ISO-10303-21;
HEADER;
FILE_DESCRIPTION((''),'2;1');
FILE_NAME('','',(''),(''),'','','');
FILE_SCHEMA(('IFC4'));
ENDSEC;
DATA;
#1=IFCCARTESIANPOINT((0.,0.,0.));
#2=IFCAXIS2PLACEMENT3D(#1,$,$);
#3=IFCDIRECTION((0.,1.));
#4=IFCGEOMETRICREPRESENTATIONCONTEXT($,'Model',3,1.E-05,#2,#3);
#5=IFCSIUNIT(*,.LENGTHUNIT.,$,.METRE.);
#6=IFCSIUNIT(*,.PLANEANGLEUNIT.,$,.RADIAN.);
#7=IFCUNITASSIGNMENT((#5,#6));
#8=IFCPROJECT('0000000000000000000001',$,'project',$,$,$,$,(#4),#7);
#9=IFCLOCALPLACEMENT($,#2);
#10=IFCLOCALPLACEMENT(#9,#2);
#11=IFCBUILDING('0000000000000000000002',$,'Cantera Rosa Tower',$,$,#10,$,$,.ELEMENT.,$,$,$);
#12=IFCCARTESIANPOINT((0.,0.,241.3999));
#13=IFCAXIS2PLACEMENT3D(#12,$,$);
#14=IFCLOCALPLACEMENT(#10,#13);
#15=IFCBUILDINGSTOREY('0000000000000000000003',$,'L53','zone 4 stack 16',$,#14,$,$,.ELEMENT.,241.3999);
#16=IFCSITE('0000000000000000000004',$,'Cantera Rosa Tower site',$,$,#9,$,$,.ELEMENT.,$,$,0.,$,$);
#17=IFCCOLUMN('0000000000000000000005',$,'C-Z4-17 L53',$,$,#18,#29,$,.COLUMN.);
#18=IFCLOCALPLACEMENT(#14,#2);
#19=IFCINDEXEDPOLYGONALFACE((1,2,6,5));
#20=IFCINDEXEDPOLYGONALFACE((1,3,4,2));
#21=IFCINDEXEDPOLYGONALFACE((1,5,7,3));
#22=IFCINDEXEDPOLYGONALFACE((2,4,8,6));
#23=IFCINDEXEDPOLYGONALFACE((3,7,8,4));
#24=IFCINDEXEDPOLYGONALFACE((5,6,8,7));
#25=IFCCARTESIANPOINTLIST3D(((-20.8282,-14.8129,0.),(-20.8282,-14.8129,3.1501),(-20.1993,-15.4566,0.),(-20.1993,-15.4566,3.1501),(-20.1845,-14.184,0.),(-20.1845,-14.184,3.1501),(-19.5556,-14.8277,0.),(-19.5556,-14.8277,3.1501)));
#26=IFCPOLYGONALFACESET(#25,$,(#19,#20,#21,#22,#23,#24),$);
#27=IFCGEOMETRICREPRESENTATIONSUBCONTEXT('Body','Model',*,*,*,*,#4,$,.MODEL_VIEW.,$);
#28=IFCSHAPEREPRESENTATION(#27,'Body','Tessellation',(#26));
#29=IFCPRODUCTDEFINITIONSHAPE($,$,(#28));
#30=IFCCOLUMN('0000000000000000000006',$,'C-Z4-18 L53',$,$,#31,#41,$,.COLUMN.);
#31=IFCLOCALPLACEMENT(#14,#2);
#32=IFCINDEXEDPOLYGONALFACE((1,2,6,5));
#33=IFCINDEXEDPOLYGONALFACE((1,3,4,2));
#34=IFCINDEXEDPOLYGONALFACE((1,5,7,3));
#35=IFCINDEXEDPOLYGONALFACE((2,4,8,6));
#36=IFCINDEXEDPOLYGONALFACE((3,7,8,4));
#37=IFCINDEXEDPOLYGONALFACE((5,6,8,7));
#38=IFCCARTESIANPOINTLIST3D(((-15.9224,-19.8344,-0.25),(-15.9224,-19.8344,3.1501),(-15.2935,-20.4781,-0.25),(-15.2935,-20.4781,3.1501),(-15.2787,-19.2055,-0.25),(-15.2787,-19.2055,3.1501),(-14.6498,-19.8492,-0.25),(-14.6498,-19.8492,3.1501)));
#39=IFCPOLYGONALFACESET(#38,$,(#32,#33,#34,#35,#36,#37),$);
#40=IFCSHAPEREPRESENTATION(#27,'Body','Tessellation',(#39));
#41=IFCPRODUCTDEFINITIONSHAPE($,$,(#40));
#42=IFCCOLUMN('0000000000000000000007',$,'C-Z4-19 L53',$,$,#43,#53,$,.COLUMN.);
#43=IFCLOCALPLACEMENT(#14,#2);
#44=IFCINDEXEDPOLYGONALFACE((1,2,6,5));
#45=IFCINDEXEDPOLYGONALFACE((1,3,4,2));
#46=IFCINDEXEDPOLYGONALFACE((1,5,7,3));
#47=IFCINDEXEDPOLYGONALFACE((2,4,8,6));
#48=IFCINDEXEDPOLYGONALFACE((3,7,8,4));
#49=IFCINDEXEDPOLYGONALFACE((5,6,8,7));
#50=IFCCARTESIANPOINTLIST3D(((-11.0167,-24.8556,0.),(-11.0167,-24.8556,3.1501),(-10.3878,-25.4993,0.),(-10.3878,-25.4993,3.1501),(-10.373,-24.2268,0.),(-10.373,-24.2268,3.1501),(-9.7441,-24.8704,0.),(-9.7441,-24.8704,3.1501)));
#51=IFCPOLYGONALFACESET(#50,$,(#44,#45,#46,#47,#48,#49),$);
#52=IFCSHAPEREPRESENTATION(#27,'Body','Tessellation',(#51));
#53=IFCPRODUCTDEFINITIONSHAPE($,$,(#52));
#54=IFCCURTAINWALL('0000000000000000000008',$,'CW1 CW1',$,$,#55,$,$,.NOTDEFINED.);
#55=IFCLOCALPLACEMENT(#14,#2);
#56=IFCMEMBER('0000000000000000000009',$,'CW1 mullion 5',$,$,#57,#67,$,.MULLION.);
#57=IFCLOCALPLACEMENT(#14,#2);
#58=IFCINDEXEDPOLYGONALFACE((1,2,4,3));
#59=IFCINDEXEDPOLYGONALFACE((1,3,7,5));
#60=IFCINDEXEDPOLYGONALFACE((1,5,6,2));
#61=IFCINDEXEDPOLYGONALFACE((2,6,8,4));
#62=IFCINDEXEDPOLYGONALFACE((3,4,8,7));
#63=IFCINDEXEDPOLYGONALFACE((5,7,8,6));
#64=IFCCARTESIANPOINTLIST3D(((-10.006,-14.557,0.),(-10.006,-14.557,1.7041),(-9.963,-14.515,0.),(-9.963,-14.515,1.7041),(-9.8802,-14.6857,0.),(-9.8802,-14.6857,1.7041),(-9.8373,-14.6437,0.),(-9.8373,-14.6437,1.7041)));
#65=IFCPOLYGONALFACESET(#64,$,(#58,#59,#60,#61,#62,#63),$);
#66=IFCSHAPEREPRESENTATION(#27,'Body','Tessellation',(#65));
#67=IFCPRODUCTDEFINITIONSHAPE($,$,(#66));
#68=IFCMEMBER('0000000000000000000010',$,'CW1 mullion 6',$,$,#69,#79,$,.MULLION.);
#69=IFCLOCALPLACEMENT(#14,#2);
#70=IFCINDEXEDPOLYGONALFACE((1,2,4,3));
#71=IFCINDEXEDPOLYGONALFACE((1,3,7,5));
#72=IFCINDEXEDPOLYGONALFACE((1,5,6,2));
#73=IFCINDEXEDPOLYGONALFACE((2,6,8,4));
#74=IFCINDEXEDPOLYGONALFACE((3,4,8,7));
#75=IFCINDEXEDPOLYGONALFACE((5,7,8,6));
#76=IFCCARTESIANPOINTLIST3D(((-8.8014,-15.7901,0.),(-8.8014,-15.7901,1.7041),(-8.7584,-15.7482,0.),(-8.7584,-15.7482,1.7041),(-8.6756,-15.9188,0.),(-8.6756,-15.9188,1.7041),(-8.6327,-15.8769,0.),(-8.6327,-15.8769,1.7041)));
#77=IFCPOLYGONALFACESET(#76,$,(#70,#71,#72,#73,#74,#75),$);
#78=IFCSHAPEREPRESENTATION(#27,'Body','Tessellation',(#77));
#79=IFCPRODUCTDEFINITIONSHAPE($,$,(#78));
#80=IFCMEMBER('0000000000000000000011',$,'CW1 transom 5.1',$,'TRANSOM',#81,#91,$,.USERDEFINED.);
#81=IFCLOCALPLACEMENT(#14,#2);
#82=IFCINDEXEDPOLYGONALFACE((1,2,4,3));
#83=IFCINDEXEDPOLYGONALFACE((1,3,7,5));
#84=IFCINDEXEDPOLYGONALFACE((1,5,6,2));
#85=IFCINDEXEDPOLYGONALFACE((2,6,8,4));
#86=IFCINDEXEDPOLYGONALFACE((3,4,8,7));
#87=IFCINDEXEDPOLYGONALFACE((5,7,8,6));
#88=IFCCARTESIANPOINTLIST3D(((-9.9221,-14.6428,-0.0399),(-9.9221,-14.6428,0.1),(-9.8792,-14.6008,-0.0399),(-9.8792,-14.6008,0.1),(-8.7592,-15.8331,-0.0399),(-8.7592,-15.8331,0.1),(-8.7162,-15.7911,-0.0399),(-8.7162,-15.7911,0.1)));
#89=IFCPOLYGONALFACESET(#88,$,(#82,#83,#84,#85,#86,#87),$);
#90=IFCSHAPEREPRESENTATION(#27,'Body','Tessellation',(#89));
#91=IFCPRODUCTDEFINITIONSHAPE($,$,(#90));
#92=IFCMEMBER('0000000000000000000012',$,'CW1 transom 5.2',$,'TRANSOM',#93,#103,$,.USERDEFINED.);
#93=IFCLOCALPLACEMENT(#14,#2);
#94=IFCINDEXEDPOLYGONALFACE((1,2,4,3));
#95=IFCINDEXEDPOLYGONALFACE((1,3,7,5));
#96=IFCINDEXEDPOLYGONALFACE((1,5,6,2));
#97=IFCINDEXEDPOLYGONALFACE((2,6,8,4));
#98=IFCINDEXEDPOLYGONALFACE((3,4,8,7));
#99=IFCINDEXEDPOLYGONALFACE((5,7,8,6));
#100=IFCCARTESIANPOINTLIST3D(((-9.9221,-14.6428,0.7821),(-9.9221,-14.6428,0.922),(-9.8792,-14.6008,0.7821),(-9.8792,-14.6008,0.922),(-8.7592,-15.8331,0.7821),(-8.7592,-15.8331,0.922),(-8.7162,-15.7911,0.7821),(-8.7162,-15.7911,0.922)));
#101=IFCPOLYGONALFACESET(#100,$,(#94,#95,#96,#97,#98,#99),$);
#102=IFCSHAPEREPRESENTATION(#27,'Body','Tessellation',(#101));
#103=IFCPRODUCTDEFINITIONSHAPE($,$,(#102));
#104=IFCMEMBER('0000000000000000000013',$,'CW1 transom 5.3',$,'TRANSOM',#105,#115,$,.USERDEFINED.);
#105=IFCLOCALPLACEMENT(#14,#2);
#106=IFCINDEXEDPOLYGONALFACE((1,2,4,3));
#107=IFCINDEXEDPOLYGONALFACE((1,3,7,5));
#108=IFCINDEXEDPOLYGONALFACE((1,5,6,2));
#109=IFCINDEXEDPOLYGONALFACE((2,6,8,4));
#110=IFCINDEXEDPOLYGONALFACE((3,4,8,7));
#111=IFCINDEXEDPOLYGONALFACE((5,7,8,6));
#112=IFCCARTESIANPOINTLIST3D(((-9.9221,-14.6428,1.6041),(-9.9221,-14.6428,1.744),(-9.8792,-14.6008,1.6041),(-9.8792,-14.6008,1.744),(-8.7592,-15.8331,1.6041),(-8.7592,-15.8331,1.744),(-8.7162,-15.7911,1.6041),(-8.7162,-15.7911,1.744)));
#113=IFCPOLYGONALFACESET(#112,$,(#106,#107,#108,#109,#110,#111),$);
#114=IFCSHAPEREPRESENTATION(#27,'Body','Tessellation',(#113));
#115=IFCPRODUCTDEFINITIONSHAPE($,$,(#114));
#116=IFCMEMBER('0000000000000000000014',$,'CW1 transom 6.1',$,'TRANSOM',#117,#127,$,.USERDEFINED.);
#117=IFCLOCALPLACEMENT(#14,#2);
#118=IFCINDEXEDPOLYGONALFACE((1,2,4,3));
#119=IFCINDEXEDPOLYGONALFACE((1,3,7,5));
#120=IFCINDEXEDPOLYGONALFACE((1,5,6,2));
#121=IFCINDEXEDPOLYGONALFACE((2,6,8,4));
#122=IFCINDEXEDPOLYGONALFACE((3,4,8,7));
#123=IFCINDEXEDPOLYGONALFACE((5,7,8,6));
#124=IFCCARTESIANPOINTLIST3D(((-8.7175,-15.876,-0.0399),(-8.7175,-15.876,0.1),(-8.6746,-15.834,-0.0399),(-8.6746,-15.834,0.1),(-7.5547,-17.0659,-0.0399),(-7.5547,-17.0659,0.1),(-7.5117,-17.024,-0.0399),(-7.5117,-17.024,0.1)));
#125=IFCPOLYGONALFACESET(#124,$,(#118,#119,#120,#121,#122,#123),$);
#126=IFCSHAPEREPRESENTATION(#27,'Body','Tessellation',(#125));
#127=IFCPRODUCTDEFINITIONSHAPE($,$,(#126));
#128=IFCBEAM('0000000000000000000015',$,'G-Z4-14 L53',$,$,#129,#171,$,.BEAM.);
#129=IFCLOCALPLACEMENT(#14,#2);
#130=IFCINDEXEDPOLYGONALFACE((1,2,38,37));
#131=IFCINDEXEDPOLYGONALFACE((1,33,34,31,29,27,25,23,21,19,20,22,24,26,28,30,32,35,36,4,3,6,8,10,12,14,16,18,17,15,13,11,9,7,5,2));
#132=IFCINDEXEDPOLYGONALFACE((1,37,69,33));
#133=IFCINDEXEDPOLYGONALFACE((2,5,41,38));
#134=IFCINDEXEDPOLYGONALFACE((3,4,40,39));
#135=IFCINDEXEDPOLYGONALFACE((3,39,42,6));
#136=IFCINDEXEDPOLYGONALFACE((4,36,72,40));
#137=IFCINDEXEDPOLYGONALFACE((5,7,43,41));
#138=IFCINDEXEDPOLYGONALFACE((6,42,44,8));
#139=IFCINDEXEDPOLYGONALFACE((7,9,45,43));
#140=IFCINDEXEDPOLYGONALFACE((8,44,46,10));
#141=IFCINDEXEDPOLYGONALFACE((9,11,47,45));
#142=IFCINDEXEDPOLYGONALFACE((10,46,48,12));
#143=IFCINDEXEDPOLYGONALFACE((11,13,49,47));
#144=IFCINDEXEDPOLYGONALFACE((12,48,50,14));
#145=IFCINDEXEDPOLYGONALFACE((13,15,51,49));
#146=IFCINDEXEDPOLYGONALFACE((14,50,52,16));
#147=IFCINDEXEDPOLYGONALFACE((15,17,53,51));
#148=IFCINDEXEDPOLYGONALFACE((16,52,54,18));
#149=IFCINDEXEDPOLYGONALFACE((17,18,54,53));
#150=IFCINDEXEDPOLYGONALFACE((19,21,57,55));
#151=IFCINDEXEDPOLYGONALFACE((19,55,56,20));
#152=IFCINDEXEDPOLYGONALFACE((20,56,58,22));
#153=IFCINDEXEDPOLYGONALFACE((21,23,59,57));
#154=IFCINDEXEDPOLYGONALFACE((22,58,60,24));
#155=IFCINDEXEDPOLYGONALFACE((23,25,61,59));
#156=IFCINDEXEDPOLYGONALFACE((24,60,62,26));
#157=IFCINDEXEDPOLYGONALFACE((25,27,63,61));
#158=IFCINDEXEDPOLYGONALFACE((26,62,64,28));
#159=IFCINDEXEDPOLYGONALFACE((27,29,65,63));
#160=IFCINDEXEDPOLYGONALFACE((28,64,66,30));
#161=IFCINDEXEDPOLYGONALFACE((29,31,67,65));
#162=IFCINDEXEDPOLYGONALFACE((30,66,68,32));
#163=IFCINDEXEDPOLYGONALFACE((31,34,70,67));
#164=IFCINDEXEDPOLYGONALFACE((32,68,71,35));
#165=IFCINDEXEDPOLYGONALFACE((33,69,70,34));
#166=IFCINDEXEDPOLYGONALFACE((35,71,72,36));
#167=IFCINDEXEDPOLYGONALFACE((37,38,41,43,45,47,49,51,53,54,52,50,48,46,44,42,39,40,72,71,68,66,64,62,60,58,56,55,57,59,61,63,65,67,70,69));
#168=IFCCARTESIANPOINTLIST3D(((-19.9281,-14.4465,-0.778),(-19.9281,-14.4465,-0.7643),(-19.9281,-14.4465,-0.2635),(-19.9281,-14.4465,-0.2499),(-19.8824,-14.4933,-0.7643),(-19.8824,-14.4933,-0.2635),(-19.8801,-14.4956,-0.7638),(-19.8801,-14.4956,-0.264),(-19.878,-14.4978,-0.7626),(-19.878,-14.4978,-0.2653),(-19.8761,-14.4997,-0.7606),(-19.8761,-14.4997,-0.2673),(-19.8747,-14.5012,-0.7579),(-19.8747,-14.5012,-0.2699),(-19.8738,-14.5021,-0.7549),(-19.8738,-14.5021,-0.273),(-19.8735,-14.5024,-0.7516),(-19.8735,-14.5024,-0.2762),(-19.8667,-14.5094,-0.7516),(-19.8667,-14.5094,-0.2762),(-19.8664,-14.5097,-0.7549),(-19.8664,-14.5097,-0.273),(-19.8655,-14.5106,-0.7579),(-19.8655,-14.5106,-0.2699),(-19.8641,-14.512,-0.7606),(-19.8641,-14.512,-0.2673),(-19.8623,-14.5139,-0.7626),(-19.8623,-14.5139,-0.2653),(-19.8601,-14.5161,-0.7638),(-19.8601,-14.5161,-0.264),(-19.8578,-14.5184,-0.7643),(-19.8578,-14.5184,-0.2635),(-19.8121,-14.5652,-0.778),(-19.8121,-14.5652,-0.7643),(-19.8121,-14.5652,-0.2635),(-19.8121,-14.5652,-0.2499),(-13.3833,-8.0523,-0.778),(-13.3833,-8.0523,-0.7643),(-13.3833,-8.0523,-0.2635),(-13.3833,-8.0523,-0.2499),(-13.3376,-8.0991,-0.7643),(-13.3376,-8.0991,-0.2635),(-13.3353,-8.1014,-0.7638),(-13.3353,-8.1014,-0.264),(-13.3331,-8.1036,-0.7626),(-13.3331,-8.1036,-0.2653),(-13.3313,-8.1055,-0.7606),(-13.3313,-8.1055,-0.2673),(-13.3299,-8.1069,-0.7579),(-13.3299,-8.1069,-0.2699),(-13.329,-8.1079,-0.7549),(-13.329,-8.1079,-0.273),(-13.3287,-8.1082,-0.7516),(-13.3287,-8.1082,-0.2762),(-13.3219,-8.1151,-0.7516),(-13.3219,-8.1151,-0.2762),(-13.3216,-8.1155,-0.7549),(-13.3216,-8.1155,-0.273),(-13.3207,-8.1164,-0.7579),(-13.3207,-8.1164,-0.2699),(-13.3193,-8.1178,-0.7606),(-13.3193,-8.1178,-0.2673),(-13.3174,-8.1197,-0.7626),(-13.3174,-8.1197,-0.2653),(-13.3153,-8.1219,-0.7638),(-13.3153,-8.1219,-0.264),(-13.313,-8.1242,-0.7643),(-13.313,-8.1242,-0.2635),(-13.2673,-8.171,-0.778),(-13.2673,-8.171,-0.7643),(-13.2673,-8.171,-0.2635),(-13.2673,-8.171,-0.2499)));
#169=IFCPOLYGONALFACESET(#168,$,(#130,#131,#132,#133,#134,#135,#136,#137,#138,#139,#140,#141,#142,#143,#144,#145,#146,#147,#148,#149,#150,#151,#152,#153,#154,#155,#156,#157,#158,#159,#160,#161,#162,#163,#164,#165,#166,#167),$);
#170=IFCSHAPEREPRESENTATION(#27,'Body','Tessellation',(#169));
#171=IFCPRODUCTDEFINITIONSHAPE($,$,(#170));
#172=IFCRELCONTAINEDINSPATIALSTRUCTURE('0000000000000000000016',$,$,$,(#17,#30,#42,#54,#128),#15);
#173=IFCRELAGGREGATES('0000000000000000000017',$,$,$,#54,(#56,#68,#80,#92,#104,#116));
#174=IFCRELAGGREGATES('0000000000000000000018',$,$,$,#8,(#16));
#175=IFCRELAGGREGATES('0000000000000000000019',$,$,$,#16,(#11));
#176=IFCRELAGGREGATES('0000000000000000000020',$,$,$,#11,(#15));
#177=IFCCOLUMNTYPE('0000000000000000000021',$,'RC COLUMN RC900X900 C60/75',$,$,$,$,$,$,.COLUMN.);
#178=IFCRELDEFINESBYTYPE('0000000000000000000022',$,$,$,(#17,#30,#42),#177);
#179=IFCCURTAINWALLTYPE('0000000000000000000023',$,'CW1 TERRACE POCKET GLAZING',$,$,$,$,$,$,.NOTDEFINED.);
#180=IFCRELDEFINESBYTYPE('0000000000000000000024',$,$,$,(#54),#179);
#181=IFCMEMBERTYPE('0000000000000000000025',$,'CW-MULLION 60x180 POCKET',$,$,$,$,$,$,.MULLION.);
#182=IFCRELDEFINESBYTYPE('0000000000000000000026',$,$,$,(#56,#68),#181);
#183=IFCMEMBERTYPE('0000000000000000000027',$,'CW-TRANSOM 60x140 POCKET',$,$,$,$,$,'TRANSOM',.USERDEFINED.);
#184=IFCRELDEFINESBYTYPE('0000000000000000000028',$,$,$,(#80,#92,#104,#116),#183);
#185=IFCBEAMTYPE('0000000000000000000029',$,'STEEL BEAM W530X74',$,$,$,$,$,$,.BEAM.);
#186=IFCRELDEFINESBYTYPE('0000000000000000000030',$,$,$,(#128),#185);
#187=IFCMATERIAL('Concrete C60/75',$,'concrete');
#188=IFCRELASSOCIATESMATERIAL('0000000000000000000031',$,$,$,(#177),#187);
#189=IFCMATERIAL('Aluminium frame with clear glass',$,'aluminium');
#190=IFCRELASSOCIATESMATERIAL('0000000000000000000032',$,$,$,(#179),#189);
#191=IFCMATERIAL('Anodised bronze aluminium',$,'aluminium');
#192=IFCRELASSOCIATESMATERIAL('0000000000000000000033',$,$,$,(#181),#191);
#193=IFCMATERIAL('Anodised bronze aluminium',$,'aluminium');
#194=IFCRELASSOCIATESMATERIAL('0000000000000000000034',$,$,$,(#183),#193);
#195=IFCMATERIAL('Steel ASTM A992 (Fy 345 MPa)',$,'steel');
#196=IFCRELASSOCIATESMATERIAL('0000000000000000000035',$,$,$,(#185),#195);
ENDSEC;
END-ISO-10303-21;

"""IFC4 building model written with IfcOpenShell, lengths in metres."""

from ifc_helpers import new_model, si_unit, direction, frame, origin, origin_2d, place, context, subcontext, project, spatial, rectangle, i_section, extrude, material, material_profile, profile_set, type_object, element, aggregate, save


model = new_model("IFC4")

# Units and contexts
model_context = context("Model", 3, precision=1e-05, world=origin(), true_north=direction((0.0, 1.0)))
body_context = subcontext(model_context, "Body", "Model", "MODEL_VIEW")
ifc_project = project(units=[si_unit("LENGTHUNIT", "METRE"), si_unit("PLANEANGLEUNIT", "RADIAN")], contexts=[model_context])

# Site, building, storey
site_placement = place(None, origin())
site = spatial("IfcSite", under=ifc_project, at=site_placement, Name="Cantera Rosa Tower site", CompositionType="ELEMENT", RefElevation=0.0)
building_placement = place(site_placement, origin())
building = spatial("IfcBuilding", under=site, at=building_placement, Name="Cantera Rosa Tower", CompositionType="ELEMENT")
storey_placement = place(building_placement, frame((0.0, 0.0, 241.3999)))
storey = spatial("IfcBuildingStorey", under=building, at=storey_placement, Name="L53", Description="zone 4 stack 16", CompositionType="ELEMENT", Elevation=241.3999)

# Columns
ifc_material_1 = material(Name="Concrete C60/75", Category="concrete")
ifc_material_profile_1 = material_profile(ifc_material_1, rectangle(XDim=0.8999, YDim=0.8999, at=origin_2d()), Name="RC COLUMN RC900X900 C60/75")
ifc_profile_set_1 = profile_set([ifc_material_profile_1], Name="Concrete C60/75")
column_type = type_object("IfcColumnType", Name="RC COLUMN RC900X900 C60/75", PredefinedType="COLUMN", material=ifc_profile_set_1)
column_1_placement = place(storey_placement, frame((-20.1919, -14.8203, 0.0), z_axis=(0.0, 0.0, 1.0), x_axis=(0.715286, 0.698832, 0.0)))
element("IfcColumn", 1, at=column_1_placement, inside=storey, type_object=column_type, Name="C-Z4-17 L53", PredefinedType="COLUMN", context=body_context, shape_type="SweptSolid", body=[
    extrude(rectangle(XDim=0.8999, YDim=0.8999, at=origin_2d()), origin(), (0.0, 0.0, 1.0), 3.1501),
])
column_2_placement = place(storey_placement, frame((-15.2861, -19.8418, -0.25), z_axis=(0.0, 0.0, 1.0), x_axis=(0.715286, 0.698832, 0.0)))
element("IfcColumn", 2, at=column_2_placement, inside=storey, type_object=column_type, Name="C-Z4-18 L53", PredefinedType="COLUMN", context=body_context, shape_type="SweptSolid", body=[
    extrude(rectangle(XDim=0.8999, YDim=0.8999, at=origin_2d()), origin(), (0.0, 0.0, 1.0), 3.4001),
])
column_3_placement = place(storey_placement, frame((-10.3804, -24.863, 0.0), z_axis=(0.0, 0.0, 1.0), x_axis=(0.715286, 0.698832, 0.0)))
element("IfcColumn", 3, at=column_3_placement, inside=storey, type_object=column_type, Name="C-Z4-19 L53", PredefinedType="COLUMN", context=body_context, shape_type="SweptSolid", body=[
    extrude(rectangle(XDim=0.8999, YDim=0.8999, at=origin_2d()), origin(), (0.0, 0.0, 1.0), 3.1501),
])

# Curtain wall, members
ifc_material_2 = material(Name="Aluminium frame with clear glass", Category="aluminium")
curtain_wall_type = type_object("IfcCurtainWallType", Name="CW1 TERRACE POCKET GLAZING", PredefinedType="NOTDEFINED", material=ifc_material_2)
curtain_wall_placement = place(storey_placement, origin())
curtain_wall = element("IfcCurtainWall", 4, at=curtain_wall_placement, inside=storey, type_object=curtain_wall_type, Name="CW1 CW1", PredefinedType="NOTDEFINED")
ifc_material_3 = material(Name="Anodised bronze aluminium", Category="aluminium")
ifc_material_profile_2 = material_profile(ifc_material_3, rectangle(XDim=0.0601, YDim=0.1799, at=origin_2d()), Name="CW-MULLION 60x180 POCKET")
ifc_profile_set_2 = profile_set([ifc_material_profile_2], Name="Anodised bronze aluminium")
member_type_1 = type_object("IfcMemberType", Name="CW-MULLION 60x180 POCKET", PredefinedType="MULLION", material=ifc_profile_set_2)
member_1_placement = place(storey_placement, frame((-9.9216, -14.6003, 0.0), z_axis=(0.0, 0.0, 1.0), x_axis=(0.715286, 0.698832, 0.0)))
member_1 = element("IfcMember", 5, at=member_1_placement, type_object=member_type_1, Name="CW1 mullion 5", PredefinedType="MULLION", context=body_context, shape_type="SweptSolid", body=[
    extrude(rectangle(XDim=0.0601, YDim=0.1799, at=origin_2d()), origin(), (0.0, 0.0, 1.0), 1.7041),
])
member_2_placement = place(storey_placement, frame((-8.717, -15.8335, 0.0), z_axis=(0.0, 0.0, 1.0), x_axis=(0.715286, 0.698832, 0.0)))
member_2 = element("IfcMember", 6, at=member_2_placement, type_object=member_type_1, Name="CW1 mullion 6", PredefinedType="MULLION", context=body_context, shape_type="SweptSolid", body=[
    extrude(rectangle(XDim=0.0601, YDim=0.1799, at=origin_2d()), origin(), (0.0, 0.0, 1.0), 1.7041),
])
ifc_material_4 = material(Name="Anodised bronze aluminium", Category="aluminium")
ifc_material_profile_3 = material_profile(ifc_material_4, rectangle(XDim=0.0601, YDim=0.1399, at=origin_2d()), Name="CW-TRANSOM 60x140 POCKET")
ifc_profile_set_3 = profile_set([ifc_material_profile_3], Name="Anodised bronze aluminium")
member_type_2 = type_object("IfcMemberType", Name="CW-TRANSOM 60x140 POCKET", ElementType="TRANSOM", PredefinedType="USERDEFINED", material=ifc_profile_set_3)
member_3_placement = place(storey_placement, frame((-9.9006, -14.6218, 0.03), z_axis=(0.698843, -0.715276, 0.0), x_axis=(0.715276, 0.698843, 0.0)))
member_3 = element("IfcMember", 7, at=member_3_placement, type_object=member_type_2, Name="CW1 transom 5.1", ObjectType="TRANSOM", PredefinedType="USERDEFINED", context=body_context, shape_type="SweptSolid", body=[
    extrude(rectangle(XDim=0.0601, YDim=0.1399, at=origin_2d()), origin(), (0.0, 0.0, 1.0), 1.6641),
])
member_4_placement = place(storey_placement, frame((-9.9006, -14.6218, 0.8521), z_axis=(0.698843, -0.715276, 0.0), x_axis=(0.715276, 0.698843, 0.0)))
member_4 = element("IfcMember", 8, at=member_4_placement, type_object=member_type_2, Name="CW1 transom 5.2", ObjectType="TRANSOM", PredefinedType="USERDEFINED", context=body_context, shape_type="SweptSolid", body=[
    extrude(rectangle(XDim=0.0601, YDim=0.1399, at=origin_2d()), origin(), (0.0, 0.0, 1.0), 1.6641),
])
member_5_placement = place(storey_placement, frame((-9.9006, -14.6218, 1.6741), z_axis=(0.698843, -0.715276, 0.0), x_axis=(0.715276, 0.698843, 0.0)))
member_5 = element("IfcMember", 9, at=member_5_placement, type_object=member_type_2, Name="CW1 transom 5.3", ObjectType="TRANSOM", PredefinedType="USERDEFINED", context=body_context, shape_type="SweptSolid", body=[
    extrude(rectangle(XDim=0.0601, YDim=0.1399, at=origin_2d()), origin(), (0.0, 0.0, 1.0), 1.6641),
])
member_6_placement = place(storey_placement, frame((-8.696, -15.855, 0.03), z_axis=(0.698916, -0.715204, 0.0), x_axis=(0.715204, 0.698916, 0.0)))
member_6 = element("IfcMember", 10, at=member_6_placement, type_object=member_type_2, Name="CW1 transom 6.1", ObjectType="TRANSOM", PredefinedType="USERDEFINED", context=body_context, shape_type="SweptSolid", body=[
    extrude(rectangle(XDim=0.0601, YDim=0.1399, at=origin_2d()), origin(), (0.0, 0.0, 1.0), 1.6638),
])

# Beam
ifc_material_5 = material(Name="Steel ASTM A992 (Fy 345 MPa)", Category="steel")
ifc_material_profile_4 = material_profile(ifc_material_5, i_section(OverallWidth=0.166, OverallDepth=0.5281, WebThickness=0.0098, FlangeThickness=0.0137, FilletRadius=0.0127, at=origin_2d()), Name="W530X74")
ifc_profile_set_4 = profile_set([ifc_material_profile_4], Name="Steel ASTM A992 (Fy 345 MPa)")
beam_type_1 = type_object("IfcBeamType", Name="STEEL BEAM W530X74", PredefinedType="BEAM", material=ifc_profile_set_4)
for number, where, z_axis, x_axis, name in (
    (11, (-19.8701, -14.5059, -0.5139), (0.71529, 0.698827, 0.0), (-0.698827, 0.71529, 0.0), "G-Z4-14 L53"),
):
    element("IfcBeam", number, at=place(storey_placement, frame(where, z_axis=z_axis, x_axis=x_axis)), inside=storey, type_object=beam_type_1, Name=name, PredefinedType="BEAM", context=body_context, shape_type="SweptSolid", body=[
        extrude(i_section(OverallWidth=0.166, OverallDepth=0.5281, WebThickness=0.0098, FlangeThickness=0.0137, FilletRadius=0.0127, at=origin_2d()), origin(), (0.0, 0.0, 1.0), 9.1499),
    ])

aggregate(curtain_wall, [member_1, member_2, member_3, member_4, member_5, member_6])

save(model, "model.ifc")
